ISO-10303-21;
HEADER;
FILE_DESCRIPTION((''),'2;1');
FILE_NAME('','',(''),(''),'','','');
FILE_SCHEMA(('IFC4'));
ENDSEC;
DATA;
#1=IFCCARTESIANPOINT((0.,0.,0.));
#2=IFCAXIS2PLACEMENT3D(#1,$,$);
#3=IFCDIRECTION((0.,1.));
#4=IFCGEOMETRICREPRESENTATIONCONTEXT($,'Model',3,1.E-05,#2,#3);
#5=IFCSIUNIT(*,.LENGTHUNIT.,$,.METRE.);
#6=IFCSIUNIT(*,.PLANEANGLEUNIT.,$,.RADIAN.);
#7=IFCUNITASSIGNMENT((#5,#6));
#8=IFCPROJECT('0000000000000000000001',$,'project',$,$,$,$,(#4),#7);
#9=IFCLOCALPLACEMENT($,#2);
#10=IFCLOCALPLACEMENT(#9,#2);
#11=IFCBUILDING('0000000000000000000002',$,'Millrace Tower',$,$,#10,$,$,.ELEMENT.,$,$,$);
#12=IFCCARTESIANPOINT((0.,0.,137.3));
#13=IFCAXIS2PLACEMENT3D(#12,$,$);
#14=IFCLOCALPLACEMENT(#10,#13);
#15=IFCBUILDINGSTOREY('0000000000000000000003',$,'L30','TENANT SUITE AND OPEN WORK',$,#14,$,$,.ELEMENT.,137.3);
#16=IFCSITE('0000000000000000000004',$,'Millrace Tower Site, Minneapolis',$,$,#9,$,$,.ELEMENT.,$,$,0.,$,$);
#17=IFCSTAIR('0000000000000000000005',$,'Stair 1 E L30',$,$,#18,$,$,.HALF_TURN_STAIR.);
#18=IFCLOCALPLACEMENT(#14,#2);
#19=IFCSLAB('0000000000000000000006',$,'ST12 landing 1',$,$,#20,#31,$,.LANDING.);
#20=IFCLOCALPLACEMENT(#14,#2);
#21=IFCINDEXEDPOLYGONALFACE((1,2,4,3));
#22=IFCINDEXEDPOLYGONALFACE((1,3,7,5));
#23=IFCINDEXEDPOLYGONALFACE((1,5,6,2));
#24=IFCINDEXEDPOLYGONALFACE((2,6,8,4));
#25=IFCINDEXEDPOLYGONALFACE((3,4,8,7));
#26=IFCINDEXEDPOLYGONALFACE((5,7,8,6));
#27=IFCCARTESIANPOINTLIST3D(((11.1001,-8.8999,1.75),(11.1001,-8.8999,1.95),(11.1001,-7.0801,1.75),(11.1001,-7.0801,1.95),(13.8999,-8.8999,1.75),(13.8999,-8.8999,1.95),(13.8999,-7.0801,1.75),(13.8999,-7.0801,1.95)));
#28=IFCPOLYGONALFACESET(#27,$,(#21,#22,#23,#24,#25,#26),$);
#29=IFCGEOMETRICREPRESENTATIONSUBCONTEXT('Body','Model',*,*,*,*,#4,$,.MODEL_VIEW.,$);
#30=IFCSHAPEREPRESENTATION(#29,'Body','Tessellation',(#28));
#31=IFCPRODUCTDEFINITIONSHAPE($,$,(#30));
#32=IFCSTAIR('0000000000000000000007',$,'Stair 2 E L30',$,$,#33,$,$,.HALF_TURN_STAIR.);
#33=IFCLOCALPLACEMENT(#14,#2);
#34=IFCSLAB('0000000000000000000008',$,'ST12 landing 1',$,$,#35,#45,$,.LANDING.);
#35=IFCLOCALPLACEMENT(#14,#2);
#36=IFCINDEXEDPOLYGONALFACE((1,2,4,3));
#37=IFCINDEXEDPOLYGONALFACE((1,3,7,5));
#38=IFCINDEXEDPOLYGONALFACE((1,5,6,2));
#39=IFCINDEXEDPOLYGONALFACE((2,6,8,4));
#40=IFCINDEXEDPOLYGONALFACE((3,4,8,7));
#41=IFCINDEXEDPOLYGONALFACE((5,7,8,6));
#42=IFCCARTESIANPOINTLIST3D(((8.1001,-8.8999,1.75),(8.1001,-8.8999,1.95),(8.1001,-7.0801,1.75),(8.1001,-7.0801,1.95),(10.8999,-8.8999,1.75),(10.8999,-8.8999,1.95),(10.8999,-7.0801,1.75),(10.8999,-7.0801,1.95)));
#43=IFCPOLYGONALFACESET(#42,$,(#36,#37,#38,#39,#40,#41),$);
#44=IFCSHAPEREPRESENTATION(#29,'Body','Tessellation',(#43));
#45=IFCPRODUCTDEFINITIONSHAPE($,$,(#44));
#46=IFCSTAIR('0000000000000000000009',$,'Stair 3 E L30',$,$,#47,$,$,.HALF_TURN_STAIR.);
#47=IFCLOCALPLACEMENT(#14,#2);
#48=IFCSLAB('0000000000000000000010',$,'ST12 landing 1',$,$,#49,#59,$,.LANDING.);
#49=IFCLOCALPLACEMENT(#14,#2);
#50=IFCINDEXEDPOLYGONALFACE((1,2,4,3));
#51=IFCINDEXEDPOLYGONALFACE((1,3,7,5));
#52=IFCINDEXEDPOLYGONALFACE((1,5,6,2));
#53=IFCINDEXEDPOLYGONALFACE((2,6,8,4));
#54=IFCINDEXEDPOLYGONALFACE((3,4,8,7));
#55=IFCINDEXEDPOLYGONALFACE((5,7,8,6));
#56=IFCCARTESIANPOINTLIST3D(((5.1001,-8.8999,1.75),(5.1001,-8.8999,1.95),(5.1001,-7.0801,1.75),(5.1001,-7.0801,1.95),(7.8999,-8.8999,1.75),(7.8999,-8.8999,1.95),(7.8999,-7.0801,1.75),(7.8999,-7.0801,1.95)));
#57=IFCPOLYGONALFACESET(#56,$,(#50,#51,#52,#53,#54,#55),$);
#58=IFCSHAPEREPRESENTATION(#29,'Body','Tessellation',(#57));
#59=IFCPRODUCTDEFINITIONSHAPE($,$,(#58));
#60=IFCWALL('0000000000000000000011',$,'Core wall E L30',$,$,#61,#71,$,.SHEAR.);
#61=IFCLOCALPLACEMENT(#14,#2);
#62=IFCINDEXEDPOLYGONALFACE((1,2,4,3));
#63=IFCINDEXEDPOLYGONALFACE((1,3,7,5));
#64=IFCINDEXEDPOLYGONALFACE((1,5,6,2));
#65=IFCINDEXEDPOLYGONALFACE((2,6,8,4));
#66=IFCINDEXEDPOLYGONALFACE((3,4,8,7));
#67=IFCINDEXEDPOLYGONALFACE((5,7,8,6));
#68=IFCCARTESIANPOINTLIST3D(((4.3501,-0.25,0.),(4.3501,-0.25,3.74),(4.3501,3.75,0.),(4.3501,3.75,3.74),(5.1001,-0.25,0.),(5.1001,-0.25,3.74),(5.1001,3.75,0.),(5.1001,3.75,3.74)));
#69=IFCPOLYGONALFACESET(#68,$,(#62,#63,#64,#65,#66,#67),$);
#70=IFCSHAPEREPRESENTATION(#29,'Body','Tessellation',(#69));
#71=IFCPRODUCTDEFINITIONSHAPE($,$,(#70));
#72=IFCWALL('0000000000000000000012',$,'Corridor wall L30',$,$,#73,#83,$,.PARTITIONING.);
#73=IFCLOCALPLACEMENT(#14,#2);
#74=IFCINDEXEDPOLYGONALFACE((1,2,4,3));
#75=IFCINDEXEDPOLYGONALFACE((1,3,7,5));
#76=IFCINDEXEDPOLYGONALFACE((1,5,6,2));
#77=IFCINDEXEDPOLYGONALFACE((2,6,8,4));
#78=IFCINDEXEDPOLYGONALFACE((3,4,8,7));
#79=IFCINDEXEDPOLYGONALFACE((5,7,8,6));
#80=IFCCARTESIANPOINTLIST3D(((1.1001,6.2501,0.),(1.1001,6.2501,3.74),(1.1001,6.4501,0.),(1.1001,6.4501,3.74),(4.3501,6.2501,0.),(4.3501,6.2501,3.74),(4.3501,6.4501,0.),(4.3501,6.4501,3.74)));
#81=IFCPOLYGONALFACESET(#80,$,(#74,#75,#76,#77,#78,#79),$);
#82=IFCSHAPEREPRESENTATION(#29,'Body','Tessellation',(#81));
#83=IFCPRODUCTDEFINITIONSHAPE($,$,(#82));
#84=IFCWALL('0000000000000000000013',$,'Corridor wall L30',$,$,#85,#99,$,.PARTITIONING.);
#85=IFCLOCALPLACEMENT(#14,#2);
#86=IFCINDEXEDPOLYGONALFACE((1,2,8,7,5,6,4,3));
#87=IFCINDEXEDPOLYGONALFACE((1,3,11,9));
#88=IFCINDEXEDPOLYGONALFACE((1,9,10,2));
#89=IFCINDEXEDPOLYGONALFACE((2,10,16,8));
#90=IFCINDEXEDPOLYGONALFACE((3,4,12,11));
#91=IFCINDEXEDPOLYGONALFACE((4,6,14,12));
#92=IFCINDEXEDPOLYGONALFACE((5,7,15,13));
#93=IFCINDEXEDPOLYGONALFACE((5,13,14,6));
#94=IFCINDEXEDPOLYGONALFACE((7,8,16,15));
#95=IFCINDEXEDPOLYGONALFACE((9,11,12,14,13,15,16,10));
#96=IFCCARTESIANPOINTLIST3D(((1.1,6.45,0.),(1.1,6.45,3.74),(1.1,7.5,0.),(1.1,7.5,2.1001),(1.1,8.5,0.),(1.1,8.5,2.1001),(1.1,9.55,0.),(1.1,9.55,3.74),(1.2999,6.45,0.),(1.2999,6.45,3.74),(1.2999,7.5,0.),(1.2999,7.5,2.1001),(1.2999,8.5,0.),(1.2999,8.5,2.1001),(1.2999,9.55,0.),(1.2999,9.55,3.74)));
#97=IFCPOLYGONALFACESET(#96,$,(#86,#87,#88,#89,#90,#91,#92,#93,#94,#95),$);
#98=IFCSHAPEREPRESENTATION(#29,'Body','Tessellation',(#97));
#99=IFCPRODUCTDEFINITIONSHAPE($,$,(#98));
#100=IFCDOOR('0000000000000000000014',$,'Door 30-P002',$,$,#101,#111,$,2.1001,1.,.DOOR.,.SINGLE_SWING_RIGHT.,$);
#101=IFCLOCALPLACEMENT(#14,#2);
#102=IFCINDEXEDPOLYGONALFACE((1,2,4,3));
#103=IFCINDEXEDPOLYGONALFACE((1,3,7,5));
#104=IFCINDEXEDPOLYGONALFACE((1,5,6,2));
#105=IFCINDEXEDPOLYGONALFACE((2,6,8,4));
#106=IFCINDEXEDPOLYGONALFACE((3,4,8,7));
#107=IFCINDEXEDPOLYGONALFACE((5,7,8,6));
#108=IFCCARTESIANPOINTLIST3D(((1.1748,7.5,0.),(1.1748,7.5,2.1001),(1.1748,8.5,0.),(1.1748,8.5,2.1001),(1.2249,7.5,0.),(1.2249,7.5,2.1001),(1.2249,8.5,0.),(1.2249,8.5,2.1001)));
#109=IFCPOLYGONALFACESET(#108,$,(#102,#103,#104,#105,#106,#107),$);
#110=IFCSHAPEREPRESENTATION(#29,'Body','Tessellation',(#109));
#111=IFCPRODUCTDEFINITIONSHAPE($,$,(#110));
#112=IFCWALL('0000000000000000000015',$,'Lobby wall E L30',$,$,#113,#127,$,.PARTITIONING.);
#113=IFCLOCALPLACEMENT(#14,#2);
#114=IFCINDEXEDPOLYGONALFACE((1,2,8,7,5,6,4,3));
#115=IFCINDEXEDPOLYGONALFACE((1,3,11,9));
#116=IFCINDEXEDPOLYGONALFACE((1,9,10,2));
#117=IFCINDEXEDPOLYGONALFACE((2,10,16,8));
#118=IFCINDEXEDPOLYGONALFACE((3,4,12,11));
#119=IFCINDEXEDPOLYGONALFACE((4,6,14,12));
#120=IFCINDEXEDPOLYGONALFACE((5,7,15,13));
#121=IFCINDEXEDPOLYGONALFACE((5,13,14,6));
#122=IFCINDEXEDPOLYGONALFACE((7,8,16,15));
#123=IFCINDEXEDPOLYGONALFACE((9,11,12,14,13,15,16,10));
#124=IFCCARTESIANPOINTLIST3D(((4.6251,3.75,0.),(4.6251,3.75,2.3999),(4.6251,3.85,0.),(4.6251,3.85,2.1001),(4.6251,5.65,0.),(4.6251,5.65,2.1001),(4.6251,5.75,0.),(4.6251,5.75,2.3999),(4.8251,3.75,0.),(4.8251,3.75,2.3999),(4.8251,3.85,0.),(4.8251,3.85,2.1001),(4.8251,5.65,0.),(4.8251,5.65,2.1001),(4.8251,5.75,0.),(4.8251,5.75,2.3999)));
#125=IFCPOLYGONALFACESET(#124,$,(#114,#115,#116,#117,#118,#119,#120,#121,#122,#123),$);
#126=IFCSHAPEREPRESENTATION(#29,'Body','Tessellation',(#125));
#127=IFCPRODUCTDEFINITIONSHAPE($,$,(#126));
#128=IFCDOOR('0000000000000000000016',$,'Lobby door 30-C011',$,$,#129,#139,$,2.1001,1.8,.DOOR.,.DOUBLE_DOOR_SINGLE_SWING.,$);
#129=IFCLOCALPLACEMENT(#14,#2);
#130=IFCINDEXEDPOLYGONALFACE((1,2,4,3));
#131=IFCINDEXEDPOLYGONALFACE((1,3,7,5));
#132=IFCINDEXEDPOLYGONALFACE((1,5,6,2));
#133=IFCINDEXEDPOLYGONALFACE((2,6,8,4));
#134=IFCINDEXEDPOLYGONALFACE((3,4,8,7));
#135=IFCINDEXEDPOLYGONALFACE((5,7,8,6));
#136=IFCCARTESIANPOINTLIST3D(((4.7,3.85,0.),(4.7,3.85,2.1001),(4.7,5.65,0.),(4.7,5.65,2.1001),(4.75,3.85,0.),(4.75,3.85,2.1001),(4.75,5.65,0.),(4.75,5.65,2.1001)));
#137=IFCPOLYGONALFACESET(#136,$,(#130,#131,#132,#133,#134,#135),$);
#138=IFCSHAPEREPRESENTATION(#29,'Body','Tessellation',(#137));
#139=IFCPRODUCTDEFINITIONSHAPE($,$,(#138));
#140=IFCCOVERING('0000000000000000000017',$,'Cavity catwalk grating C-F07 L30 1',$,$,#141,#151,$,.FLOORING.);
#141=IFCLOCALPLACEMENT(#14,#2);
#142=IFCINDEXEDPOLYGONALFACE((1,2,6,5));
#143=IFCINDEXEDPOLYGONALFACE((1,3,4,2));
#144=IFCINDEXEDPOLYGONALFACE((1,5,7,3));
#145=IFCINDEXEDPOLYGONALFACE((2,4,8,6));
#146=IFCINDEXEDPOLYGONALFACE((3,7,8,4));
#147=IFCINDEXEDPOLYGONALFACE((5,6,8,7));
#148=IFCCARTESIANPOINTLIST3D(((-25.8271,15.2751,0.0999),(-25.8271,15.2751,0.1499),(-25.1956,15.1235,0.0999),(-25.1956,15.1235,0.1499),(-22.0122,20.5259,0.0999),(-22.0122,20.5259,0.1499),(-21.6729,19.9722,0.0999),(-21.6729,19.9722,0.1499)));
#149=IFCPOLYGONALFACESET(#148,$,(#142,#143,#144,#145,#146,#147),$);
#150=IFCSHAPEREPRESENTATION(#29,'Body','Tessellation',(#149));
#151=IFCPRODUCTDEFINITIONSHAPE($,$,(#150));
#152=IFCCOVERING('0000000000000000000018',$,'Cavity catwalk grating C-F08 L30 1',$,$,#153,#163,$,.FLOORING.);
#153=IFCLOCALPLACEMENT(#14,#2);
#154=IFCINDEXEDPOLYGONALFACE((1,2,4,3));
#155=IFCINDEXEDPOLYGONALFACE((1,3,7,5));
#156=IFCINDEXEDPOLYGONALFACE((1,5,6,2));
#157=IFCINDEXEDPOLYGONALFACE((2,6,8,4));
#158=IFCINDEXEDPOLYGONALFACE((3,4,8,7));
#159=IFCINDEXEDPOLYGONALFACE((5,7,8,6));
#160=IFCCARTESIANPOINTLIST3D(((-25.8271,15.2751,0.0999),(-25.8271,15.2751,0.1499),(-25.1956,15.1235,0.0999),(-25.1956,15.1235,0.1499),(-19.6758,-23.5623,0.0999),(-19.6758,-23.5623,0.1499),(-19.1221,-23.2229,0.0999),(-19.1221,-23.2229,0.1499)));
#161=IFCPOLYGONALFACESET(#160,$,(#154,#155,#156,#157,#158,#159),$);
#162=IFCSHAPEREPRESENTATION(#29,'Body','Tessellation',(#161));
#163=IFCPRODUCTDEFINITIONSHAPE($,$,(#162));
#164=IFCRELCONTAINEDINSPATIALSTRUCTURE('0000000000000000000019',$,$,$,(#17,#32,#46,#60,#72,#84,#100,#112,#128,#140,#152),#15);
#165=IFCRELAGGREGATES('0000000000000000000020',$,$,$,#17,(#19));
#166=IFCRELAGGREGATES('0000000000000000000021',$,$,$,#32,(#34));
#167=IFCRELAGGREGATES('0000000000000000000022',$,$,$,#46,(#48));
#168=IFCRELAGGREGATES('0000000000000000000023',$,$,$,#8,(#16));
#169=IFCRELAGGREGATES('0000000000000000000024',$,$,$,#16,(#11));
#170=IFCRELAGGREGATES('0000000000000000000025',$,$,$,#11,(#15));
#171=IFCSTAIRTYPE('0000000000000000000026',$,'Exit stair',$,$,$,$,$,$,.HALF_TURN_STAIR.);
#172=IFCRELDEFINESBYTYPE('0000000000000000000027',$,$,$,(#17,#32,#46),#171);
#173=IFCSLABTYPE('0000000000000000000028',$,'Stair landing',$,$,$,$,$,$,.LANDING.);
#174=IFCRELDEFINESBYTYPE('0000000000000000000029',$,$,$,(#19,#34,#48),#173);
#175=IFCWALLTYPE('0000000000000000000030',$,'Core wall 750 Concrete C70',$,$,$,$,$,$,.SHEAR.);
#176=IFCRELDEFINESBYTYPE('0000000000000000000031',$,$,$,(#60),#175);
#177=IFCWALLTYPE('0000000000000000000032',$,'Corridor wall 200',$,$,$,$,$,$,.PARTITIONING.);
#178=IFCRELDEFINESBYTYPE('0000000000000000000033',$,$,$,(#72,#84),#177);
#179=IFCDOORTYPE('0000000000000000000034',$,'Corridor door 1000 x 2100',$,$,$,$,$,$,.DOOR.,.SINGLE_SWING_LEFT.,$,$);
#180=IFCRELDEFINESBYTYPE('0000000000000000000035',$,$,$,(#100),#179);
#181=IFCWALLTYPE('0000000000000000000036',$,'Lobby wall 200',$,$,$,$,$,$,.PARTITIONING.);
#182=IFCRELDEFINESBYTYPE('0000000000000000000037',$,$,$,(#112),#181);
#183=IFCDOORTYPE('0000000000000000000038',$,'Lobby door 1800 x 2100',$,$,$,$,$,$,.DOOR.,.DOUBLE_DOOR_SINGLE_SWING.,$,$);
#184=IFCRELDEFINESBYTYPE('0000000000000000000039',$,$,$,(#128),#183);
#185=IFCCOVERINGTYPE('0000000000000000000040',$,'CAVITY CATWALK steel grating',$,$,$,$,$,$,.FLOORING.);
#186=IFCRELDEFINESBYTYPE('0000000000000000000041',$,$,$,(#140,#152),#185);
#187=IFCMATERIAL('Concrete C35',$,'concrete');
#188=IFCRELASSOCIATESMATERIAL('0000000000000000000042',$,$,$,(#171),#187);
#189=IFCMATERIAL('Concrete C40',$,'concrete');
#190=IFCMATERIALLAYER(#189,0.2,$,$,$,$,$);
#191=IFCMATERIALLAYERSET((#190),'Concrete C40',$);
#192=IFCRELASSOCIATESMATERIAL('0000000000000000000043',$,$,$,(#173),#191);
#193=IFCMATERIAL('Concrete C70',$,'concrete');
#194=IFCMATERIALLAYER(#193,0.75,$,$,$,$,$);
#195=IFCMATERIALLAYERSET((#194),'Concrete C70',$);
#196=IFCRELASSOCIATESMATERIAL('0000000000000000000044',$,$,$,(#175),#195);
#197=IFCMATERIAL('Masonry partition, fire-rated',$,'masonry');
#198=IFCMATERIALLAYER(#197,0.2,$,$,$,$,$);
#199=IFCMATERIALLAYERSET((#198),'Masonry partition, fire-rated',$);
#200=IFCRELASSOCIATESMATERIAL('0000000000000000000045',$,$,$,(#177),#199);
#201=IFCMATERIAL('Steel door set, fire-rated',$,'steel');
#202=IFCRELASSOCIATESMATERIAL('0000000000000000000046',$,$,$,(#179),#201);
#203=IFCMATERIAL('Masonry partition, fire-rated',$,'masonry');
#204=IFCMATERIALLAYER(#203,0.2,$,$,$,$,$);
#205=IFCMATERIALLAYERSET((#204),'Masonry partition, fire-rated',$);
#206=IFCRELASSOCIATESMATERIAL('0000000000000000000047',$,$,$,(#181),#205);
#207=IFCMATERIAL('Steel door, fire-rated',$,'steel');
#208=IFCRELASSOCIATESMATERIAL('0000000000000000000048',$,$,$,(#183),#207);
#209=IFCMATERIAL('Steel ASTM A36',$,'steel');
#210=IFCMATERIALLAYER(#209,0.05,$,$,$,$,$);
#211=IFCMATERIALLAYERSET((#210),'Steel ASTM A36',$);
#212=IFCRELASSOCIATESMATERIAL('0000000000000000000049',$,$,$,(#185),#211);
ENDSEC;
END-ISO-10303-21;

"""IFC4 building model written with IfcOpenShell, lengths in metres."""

from ifc_helpers import new_model, si_unit, direction, frame, frame_2d, origin, place, context, subcontext, project, spatial, polyline, rectangle, outline, extrude, material, layer, layer_set, type_object, element, fill, aggregate, save


model = new_model("IFC4")

# Units and contexts
model_context = context("Model", 3, precision=1e-05, world=origin(), true_north=direction((0.0, 1.0)))
body_context = subcontext(model_context, "Body", "Model", "MODEL_VIEW")
ifc_project = project(units=[si_unit("LENGTHUNIT", "METRE"), si_unit("PLANEANGLEUNIT", "RADIAN")], contexts=[model_context])

# Site, building, storey
site_placement = place(None, origin())
site = spatial("IfcSite", under=ifc_project, at=site_placement, Name="Millrace Tower Site, Minneapolis", CompositionType="ELEMENT", RefElevation=0.0)
building_placement = place(site_placement, origin())
building = spatial("IfcBuilding", under=site, at=building_placement, Name="Millrace Tower", CompositionType="ELEMENT")
storey_placement = place(building_placement, frame((0.0, 0.0, 137.3)))
storey = spatial("IfcBuildingStorey", under=building, at=storey_placement, Name="L30", Description="TENANT SUITE AND OPEN WORK", CompositionType="ELEMENT", Elevation=137.3)

# Shared definitions
placement_1 = place(storey_placement, origin())

# Stairs, slabs
ifc_material_1 = material(Name="Concrete C35", Category="concrete")
stair_type = type_object("IfcStairType", Name="Exit stair", PredefinedType="HALF_TURN_STAIR", material=ifc_material_1)
ifc_material_2 = material(Name="Concrete C40", Category="concrete")
ifc_layer_1 = layer(ifc_material_2, 0.2)
ifc_layer_set_1 = layer_set([ifc_layer_1], Name="Concrete C40")
slab_type = type_object("IfcSlabType", Name="Stair landing", PredefinedType="LANDING", material=ifc_layer_set_1)
placement_2 = place(storey_placement, frame((0.0, 0.0, 1.75)))
stair_1 = element("IfcStair", 1, at=placement_1, inside=storey, type_object=stair_type, Name="Stair 1 E L30", PredefinedType="HALF_TURN_STAIR")
slab_1 = element("IfcSlab", 2, at=placement_2, type_object=slab_type, Name="ST12 landing 1", PredefinedType="LANDING", context=body_context, shape_type="SweptSolid", body=[
    extrude(outline(polyline([(11.1001, -8.8999), (13.8999, -8.8999), (13.8999, -7.0801), (11.1001, -7.0801), (11.1001, -8.8999)])), origin(), (0.0, 0.0, 1.0), 0.2),
])
aggregate(stair_1, [slab_1])
stair_2 = element("IfcStair", 3, at=placement_1, inside=storey, type_object=stair_type, Name="Stair 2 E L30", PredefinedType="HALF_TURN_STAIR")
slab_2 = element("IfcSlab", 4, at=placement_2, type_object=slab_type, Name="ST12 landing 1", PredefinedType="LANDING", context=body_context, shape_type="SweptSolid", body=[
    extrude(outline(polyline([(8.1001, -8.8999), (10.8999, -8.8999), (10.8999, -7.0801), (8.1001, -7.0801), (8.1001, -8.8999)])), origin(), (0.0, 0.0, 1.0), 0.2),
])
aggregate(stair_2, [slab_2])
stair_3 = element("IfcStair", 5, at=placement_1, inside=storey, type_object=stair_type, Name="Stair 3 E L30", PredefinedType="HALF_TURN_STAIR")
slab_3 = element("IfcSlab", 6, at=placement_2, type_object=slab_type, Name="ST12 landing 1", PredefinedType="LANDING", context=body_context, shape_type="SweptSolid", body=[
    extrude(outline(polyline([(5.1001, -8.8999), (7.8999, -8.8999), (7.8999, -7.0801), (5.1001, -7.0801), (5.1001, -8.8999)])), origin(), (0.0, 0.0, 1.0), 0.2),
])
aggregate(stair_3, [slab_3])

# Walls
ifc_material_3 = material(Name="Concrete C70", Category="concrete")
ifc_layer_2 = layer(ifc_material_3, 0.75)
ifc_layer_set_2 = layer_set([ifc_layer_2], Name="Concrete C70")
wall_type_1 = type_object("IfcWallType", Name="Core wall 750 Concrete C70", PredefinedType="SHEAR", material=ifc_layer_set_2)
wall_1_placement = place(storey_placement, frame((4.7251, 3.75, 0.0), z_axis=(0.0, 0.0, 1.0), x_axis=(0.0, -1.0, 0.0)))
element("IfcWall", 7, at=wall_1_placement, inside=storey, type_object=wall_type_1, Name="Core wall E L30", PredefinedType="SHEAR", context=body_context, shape_type="SweptSolid", body=[
    extrude(rectangle(XDim=4.0, YDim=0.75, at=frame_2d((2.0, 0.0))), origin(), (0.0, 0.0, 1.0), 3.74),
])
ifc_material_4 = material(Name="Masonry partition, fire-rated", Category="masonry")
ifc_layer_3 = layer(ifc_material_4, 0.2)
ifc_layer_set_3 = layer_set([ifc_layer_3], Name="Masonry partition, fire-rated")
wall_type_2 = type_object("IfcWallType", Name="Corridor wall 200", PredefinedType="PARTITIONING", material=ifc_layer_set_3)
wall_2_placement = place(storey_placement, frame((1.1001, 6.3501, 0.0), z_axis=(0.0, 0.0, 1.0), x_axis=(1.0, 0.0, 0.0)))
element("IfcWall", 8, at=wall_2_placement, inside=storey, type_object=wall_type_2, Name="Corridor wall L30", PredefinedType="PARTITIONING", context=body_context, shape_type="SweptSolid", body=[
    extrude(rectangle(XDim=3.25, YDim=0.2, at=frame_2d((1.625, 0.0))), origin(), (0.0, 0.0, 1.0), 3.74),
])

# Walls, openings, doors
wall_3_placement = place(storey_placement, frame((1.2, 6.45, 0.0), z_axis=(0.0, 0.0, 1.0), x_axis=(0.0, 1.0, 0.0)))
wall_3 = element("IfcWall", 9, at=wall_3_placement, inside=storey, type_object=wall_type_2, Name="Corridor wall L30", PredefinedType="PARTITIONING", context=body_context, shape_type="SweptSolid", body=[
    extrude(rectangle(XDim=3.1001, YDim=0.2, at=frame_2d((1.55, 0.0))), origin(), (0.0, 0.0, 1.0), 3.74),
])
opening_1_placement = place(wall_3_placement, frame((1.05, 0.0, 0.0)))
opening_1 = element("IfcOpeningElement", 10, at=opening_1_placement, cuts=wall_3, PredefinedType="OPENING", context=body_context, shape_type="SweptSolid", body=[
    extrude(rectangle(XDim=1.0, YDim=2.1001, at=frame_2d((0.5, 1.05))), frame((0.0, 0.1099, 0.0), z_axis=(0.0, -1.0, 0.0), x_axis=(1.0, 0.0, 0.0)), (0.0, 0.0, 1.0), 0.22),
])
ifc_material_5 = material(Name="Steel door set, fire-rated", Category="steel")
door_type_1 = type_object("IfcDoorType", Name="Corridor door 1000 x 2100", OperationType="SINGLE_SWING_LEFT", PredefinedType="DOOR", material=ifc_material_5)
door_1_placement = place(opening_1_placement, frame((1.0, 0.0, 0.0), z_axis=(0.0, 0.0, 1.0), x_axis=(-1.0, 0.0, 0.0)))
door_1 = element("IfcDoor", 11, at=door_1_placement, inside=storey, type_object=door_type_1, Name="Door 30-P002", OperationType="SINGLE_SWING_RIGHT", OverallHeight=2.1001, OverallWidth=1.0, PredefinedType="DOOR", context=body_context, shape_type="SweptSolid", body=[
    extrude(rectangle(XDim=1.0, YDim=2.1001, at=frame_2d((0.5, 1.05))), frame((0.0, 0.0249, 0.0), z_axis=(0.0, -1.0, 0.0), x_axis=(1.0, 0.0, 0.0)), (0.0, 0.0, 1.0), 0.05),
])
fill(opening_1, door_1)
ifc_material_6 = material(Name="Masonry partition, fire-rated", Category="masonry")
ifc_layer_4 = layer(ifc_material_6, 0.2)
ifc_layer_set_4 = layer_set([ifc_layer_4], Name="Masonry partition, fire-rated")
wall_type_3 = type_object("IfcWallType", Name="Lobby wall 200", PredefinedType="PARTITIONING", material=ifc_layer_set_4)
wall_4_placement = place(storey_placement, frame((4.7251, 5.75, 0.0), z_axis=(0.0, 0.0, 1.0), x_axis=(0.0, -1.0, 0.0)))
wall_4 = element("IfcWall", 12, at=wall_4_placement, inside=storey, type_object=wall_type_3, Name="Lobby wall E L30", PredefinedType="PARTITIONING", context=body_context, shape_type="SweptSolid", body=[
    extrude(rectangle(XDim=2.0, YDim=0.2, at=frame_2d((1.0, 0.0))), origin(), (0.0, 0.0, 1.0), 2.3999),
])
opening_2_placement = place(wall_4_placement, frame((0.1001, 0.0, 0.0)))
opening_2 = element("IfcOpeningElement", 13, at=opening_2_placement, cuts=wall_4, PredefinedType="OPENING", context=body_context, shape_type="SweptSolid", body=[
    extrude(rectangle(XDim=1.8, YDim=2.1001, at=frame_2d((0.8999, 1.05))), frame((0.0, 0.1099, 0.0), z_axis=(0.0, -1.0, 0.0), x_axis=(1.0, 0.0, 0.0)), (0.0, 0.0, 1.0), 0.22),
])
ifc_material_7 = material(Name="Steel door, fire-rated", Category="steel")
door_type_2 = type_object("IfcDoorType", Name="Lobby door 1800 x 2100", OperationType="DOUBLE_DOOR_SINGLE_SWING", PredefinedType="DOOR", material=ifc_material_7)
door_2_placement = place(opening_2_placement, origin())
door_2 = element("IfcDoor", 14, at=door_2_placement, inside=storey, type_object=door_type_2, Name="Lobby door 30-C011", OperationType="DOUBLE_DOOR_SINGLE_SWING", OverallHeight=2.1001, OverallWidth=1.8, PredefinedType="DOOR", context=body_context, shape_type="SweptSolid", body=[
    extrude(rectangle(XDim=1.8, YDim=2.1001, at=frame_2d((0.8999, 1.05))), frame((0.0, 0.0249, 0.0), z_axis=(0.0, -1.0, 0.0), x_axis=(1.0, 0.0, 0.0)), (0.0, 0.0, 1.0), 0.05),
])
fill(opening_2, door_2)

# Coverings
ifc_material_8 = material(Name="Steel ASTM A36", Category="steel")
ifc_layer_5 = layer(ifc_material_8, 0.05)
ifc_layer_set_5 = layer_set([ifc_layer_5], Name="Steel ASTM A36")
covering_type = type_object("IfcCoveringType", Name="CAVITY CATWALK steel grating", PredefinedType="FLOORING", material=ifc_layer_set_5)
placement_3 = place(storey_placement, frame((0.0, 0.0, 0.0999)))
element("IfcCovering", 15, at=placement_3, inside=storey, type_object=covering_type, Name="Cavity catwalk grating C-F07 L30 1", PredefinedType="FLOORING", context=body_context, shape_type="SweptSolid", body=[
    extrude(outline(polyline([(-22.0122, 20.5259), (-25.8271, 15.2751), (-25.1956, 15.1235), (-21.6729, 19.9722), (-22.0122, 20.5259)])), origin(), (0.0, 0.0, 1.0), 0.05),
])
element("IfcCovering", 16, at=placement_3, inside=storey, type_object=covering_type, Name="Cavity catwalk grating C-F08 L30 1", PredefinedType="FLOORING", context=body_context, shape_type="SweptSolid", body=[
    extrude(outline(polyline([(-25.8271, 15.2751), (-19.6758, -23.5623), (-19.1221, -23.2229), (-25.1956, 15.1235), (-25.8271, 15.2751)])), origin(), (0.0, 0.0, 1.0), 0.05),
])

save(model, "model.ifc")
